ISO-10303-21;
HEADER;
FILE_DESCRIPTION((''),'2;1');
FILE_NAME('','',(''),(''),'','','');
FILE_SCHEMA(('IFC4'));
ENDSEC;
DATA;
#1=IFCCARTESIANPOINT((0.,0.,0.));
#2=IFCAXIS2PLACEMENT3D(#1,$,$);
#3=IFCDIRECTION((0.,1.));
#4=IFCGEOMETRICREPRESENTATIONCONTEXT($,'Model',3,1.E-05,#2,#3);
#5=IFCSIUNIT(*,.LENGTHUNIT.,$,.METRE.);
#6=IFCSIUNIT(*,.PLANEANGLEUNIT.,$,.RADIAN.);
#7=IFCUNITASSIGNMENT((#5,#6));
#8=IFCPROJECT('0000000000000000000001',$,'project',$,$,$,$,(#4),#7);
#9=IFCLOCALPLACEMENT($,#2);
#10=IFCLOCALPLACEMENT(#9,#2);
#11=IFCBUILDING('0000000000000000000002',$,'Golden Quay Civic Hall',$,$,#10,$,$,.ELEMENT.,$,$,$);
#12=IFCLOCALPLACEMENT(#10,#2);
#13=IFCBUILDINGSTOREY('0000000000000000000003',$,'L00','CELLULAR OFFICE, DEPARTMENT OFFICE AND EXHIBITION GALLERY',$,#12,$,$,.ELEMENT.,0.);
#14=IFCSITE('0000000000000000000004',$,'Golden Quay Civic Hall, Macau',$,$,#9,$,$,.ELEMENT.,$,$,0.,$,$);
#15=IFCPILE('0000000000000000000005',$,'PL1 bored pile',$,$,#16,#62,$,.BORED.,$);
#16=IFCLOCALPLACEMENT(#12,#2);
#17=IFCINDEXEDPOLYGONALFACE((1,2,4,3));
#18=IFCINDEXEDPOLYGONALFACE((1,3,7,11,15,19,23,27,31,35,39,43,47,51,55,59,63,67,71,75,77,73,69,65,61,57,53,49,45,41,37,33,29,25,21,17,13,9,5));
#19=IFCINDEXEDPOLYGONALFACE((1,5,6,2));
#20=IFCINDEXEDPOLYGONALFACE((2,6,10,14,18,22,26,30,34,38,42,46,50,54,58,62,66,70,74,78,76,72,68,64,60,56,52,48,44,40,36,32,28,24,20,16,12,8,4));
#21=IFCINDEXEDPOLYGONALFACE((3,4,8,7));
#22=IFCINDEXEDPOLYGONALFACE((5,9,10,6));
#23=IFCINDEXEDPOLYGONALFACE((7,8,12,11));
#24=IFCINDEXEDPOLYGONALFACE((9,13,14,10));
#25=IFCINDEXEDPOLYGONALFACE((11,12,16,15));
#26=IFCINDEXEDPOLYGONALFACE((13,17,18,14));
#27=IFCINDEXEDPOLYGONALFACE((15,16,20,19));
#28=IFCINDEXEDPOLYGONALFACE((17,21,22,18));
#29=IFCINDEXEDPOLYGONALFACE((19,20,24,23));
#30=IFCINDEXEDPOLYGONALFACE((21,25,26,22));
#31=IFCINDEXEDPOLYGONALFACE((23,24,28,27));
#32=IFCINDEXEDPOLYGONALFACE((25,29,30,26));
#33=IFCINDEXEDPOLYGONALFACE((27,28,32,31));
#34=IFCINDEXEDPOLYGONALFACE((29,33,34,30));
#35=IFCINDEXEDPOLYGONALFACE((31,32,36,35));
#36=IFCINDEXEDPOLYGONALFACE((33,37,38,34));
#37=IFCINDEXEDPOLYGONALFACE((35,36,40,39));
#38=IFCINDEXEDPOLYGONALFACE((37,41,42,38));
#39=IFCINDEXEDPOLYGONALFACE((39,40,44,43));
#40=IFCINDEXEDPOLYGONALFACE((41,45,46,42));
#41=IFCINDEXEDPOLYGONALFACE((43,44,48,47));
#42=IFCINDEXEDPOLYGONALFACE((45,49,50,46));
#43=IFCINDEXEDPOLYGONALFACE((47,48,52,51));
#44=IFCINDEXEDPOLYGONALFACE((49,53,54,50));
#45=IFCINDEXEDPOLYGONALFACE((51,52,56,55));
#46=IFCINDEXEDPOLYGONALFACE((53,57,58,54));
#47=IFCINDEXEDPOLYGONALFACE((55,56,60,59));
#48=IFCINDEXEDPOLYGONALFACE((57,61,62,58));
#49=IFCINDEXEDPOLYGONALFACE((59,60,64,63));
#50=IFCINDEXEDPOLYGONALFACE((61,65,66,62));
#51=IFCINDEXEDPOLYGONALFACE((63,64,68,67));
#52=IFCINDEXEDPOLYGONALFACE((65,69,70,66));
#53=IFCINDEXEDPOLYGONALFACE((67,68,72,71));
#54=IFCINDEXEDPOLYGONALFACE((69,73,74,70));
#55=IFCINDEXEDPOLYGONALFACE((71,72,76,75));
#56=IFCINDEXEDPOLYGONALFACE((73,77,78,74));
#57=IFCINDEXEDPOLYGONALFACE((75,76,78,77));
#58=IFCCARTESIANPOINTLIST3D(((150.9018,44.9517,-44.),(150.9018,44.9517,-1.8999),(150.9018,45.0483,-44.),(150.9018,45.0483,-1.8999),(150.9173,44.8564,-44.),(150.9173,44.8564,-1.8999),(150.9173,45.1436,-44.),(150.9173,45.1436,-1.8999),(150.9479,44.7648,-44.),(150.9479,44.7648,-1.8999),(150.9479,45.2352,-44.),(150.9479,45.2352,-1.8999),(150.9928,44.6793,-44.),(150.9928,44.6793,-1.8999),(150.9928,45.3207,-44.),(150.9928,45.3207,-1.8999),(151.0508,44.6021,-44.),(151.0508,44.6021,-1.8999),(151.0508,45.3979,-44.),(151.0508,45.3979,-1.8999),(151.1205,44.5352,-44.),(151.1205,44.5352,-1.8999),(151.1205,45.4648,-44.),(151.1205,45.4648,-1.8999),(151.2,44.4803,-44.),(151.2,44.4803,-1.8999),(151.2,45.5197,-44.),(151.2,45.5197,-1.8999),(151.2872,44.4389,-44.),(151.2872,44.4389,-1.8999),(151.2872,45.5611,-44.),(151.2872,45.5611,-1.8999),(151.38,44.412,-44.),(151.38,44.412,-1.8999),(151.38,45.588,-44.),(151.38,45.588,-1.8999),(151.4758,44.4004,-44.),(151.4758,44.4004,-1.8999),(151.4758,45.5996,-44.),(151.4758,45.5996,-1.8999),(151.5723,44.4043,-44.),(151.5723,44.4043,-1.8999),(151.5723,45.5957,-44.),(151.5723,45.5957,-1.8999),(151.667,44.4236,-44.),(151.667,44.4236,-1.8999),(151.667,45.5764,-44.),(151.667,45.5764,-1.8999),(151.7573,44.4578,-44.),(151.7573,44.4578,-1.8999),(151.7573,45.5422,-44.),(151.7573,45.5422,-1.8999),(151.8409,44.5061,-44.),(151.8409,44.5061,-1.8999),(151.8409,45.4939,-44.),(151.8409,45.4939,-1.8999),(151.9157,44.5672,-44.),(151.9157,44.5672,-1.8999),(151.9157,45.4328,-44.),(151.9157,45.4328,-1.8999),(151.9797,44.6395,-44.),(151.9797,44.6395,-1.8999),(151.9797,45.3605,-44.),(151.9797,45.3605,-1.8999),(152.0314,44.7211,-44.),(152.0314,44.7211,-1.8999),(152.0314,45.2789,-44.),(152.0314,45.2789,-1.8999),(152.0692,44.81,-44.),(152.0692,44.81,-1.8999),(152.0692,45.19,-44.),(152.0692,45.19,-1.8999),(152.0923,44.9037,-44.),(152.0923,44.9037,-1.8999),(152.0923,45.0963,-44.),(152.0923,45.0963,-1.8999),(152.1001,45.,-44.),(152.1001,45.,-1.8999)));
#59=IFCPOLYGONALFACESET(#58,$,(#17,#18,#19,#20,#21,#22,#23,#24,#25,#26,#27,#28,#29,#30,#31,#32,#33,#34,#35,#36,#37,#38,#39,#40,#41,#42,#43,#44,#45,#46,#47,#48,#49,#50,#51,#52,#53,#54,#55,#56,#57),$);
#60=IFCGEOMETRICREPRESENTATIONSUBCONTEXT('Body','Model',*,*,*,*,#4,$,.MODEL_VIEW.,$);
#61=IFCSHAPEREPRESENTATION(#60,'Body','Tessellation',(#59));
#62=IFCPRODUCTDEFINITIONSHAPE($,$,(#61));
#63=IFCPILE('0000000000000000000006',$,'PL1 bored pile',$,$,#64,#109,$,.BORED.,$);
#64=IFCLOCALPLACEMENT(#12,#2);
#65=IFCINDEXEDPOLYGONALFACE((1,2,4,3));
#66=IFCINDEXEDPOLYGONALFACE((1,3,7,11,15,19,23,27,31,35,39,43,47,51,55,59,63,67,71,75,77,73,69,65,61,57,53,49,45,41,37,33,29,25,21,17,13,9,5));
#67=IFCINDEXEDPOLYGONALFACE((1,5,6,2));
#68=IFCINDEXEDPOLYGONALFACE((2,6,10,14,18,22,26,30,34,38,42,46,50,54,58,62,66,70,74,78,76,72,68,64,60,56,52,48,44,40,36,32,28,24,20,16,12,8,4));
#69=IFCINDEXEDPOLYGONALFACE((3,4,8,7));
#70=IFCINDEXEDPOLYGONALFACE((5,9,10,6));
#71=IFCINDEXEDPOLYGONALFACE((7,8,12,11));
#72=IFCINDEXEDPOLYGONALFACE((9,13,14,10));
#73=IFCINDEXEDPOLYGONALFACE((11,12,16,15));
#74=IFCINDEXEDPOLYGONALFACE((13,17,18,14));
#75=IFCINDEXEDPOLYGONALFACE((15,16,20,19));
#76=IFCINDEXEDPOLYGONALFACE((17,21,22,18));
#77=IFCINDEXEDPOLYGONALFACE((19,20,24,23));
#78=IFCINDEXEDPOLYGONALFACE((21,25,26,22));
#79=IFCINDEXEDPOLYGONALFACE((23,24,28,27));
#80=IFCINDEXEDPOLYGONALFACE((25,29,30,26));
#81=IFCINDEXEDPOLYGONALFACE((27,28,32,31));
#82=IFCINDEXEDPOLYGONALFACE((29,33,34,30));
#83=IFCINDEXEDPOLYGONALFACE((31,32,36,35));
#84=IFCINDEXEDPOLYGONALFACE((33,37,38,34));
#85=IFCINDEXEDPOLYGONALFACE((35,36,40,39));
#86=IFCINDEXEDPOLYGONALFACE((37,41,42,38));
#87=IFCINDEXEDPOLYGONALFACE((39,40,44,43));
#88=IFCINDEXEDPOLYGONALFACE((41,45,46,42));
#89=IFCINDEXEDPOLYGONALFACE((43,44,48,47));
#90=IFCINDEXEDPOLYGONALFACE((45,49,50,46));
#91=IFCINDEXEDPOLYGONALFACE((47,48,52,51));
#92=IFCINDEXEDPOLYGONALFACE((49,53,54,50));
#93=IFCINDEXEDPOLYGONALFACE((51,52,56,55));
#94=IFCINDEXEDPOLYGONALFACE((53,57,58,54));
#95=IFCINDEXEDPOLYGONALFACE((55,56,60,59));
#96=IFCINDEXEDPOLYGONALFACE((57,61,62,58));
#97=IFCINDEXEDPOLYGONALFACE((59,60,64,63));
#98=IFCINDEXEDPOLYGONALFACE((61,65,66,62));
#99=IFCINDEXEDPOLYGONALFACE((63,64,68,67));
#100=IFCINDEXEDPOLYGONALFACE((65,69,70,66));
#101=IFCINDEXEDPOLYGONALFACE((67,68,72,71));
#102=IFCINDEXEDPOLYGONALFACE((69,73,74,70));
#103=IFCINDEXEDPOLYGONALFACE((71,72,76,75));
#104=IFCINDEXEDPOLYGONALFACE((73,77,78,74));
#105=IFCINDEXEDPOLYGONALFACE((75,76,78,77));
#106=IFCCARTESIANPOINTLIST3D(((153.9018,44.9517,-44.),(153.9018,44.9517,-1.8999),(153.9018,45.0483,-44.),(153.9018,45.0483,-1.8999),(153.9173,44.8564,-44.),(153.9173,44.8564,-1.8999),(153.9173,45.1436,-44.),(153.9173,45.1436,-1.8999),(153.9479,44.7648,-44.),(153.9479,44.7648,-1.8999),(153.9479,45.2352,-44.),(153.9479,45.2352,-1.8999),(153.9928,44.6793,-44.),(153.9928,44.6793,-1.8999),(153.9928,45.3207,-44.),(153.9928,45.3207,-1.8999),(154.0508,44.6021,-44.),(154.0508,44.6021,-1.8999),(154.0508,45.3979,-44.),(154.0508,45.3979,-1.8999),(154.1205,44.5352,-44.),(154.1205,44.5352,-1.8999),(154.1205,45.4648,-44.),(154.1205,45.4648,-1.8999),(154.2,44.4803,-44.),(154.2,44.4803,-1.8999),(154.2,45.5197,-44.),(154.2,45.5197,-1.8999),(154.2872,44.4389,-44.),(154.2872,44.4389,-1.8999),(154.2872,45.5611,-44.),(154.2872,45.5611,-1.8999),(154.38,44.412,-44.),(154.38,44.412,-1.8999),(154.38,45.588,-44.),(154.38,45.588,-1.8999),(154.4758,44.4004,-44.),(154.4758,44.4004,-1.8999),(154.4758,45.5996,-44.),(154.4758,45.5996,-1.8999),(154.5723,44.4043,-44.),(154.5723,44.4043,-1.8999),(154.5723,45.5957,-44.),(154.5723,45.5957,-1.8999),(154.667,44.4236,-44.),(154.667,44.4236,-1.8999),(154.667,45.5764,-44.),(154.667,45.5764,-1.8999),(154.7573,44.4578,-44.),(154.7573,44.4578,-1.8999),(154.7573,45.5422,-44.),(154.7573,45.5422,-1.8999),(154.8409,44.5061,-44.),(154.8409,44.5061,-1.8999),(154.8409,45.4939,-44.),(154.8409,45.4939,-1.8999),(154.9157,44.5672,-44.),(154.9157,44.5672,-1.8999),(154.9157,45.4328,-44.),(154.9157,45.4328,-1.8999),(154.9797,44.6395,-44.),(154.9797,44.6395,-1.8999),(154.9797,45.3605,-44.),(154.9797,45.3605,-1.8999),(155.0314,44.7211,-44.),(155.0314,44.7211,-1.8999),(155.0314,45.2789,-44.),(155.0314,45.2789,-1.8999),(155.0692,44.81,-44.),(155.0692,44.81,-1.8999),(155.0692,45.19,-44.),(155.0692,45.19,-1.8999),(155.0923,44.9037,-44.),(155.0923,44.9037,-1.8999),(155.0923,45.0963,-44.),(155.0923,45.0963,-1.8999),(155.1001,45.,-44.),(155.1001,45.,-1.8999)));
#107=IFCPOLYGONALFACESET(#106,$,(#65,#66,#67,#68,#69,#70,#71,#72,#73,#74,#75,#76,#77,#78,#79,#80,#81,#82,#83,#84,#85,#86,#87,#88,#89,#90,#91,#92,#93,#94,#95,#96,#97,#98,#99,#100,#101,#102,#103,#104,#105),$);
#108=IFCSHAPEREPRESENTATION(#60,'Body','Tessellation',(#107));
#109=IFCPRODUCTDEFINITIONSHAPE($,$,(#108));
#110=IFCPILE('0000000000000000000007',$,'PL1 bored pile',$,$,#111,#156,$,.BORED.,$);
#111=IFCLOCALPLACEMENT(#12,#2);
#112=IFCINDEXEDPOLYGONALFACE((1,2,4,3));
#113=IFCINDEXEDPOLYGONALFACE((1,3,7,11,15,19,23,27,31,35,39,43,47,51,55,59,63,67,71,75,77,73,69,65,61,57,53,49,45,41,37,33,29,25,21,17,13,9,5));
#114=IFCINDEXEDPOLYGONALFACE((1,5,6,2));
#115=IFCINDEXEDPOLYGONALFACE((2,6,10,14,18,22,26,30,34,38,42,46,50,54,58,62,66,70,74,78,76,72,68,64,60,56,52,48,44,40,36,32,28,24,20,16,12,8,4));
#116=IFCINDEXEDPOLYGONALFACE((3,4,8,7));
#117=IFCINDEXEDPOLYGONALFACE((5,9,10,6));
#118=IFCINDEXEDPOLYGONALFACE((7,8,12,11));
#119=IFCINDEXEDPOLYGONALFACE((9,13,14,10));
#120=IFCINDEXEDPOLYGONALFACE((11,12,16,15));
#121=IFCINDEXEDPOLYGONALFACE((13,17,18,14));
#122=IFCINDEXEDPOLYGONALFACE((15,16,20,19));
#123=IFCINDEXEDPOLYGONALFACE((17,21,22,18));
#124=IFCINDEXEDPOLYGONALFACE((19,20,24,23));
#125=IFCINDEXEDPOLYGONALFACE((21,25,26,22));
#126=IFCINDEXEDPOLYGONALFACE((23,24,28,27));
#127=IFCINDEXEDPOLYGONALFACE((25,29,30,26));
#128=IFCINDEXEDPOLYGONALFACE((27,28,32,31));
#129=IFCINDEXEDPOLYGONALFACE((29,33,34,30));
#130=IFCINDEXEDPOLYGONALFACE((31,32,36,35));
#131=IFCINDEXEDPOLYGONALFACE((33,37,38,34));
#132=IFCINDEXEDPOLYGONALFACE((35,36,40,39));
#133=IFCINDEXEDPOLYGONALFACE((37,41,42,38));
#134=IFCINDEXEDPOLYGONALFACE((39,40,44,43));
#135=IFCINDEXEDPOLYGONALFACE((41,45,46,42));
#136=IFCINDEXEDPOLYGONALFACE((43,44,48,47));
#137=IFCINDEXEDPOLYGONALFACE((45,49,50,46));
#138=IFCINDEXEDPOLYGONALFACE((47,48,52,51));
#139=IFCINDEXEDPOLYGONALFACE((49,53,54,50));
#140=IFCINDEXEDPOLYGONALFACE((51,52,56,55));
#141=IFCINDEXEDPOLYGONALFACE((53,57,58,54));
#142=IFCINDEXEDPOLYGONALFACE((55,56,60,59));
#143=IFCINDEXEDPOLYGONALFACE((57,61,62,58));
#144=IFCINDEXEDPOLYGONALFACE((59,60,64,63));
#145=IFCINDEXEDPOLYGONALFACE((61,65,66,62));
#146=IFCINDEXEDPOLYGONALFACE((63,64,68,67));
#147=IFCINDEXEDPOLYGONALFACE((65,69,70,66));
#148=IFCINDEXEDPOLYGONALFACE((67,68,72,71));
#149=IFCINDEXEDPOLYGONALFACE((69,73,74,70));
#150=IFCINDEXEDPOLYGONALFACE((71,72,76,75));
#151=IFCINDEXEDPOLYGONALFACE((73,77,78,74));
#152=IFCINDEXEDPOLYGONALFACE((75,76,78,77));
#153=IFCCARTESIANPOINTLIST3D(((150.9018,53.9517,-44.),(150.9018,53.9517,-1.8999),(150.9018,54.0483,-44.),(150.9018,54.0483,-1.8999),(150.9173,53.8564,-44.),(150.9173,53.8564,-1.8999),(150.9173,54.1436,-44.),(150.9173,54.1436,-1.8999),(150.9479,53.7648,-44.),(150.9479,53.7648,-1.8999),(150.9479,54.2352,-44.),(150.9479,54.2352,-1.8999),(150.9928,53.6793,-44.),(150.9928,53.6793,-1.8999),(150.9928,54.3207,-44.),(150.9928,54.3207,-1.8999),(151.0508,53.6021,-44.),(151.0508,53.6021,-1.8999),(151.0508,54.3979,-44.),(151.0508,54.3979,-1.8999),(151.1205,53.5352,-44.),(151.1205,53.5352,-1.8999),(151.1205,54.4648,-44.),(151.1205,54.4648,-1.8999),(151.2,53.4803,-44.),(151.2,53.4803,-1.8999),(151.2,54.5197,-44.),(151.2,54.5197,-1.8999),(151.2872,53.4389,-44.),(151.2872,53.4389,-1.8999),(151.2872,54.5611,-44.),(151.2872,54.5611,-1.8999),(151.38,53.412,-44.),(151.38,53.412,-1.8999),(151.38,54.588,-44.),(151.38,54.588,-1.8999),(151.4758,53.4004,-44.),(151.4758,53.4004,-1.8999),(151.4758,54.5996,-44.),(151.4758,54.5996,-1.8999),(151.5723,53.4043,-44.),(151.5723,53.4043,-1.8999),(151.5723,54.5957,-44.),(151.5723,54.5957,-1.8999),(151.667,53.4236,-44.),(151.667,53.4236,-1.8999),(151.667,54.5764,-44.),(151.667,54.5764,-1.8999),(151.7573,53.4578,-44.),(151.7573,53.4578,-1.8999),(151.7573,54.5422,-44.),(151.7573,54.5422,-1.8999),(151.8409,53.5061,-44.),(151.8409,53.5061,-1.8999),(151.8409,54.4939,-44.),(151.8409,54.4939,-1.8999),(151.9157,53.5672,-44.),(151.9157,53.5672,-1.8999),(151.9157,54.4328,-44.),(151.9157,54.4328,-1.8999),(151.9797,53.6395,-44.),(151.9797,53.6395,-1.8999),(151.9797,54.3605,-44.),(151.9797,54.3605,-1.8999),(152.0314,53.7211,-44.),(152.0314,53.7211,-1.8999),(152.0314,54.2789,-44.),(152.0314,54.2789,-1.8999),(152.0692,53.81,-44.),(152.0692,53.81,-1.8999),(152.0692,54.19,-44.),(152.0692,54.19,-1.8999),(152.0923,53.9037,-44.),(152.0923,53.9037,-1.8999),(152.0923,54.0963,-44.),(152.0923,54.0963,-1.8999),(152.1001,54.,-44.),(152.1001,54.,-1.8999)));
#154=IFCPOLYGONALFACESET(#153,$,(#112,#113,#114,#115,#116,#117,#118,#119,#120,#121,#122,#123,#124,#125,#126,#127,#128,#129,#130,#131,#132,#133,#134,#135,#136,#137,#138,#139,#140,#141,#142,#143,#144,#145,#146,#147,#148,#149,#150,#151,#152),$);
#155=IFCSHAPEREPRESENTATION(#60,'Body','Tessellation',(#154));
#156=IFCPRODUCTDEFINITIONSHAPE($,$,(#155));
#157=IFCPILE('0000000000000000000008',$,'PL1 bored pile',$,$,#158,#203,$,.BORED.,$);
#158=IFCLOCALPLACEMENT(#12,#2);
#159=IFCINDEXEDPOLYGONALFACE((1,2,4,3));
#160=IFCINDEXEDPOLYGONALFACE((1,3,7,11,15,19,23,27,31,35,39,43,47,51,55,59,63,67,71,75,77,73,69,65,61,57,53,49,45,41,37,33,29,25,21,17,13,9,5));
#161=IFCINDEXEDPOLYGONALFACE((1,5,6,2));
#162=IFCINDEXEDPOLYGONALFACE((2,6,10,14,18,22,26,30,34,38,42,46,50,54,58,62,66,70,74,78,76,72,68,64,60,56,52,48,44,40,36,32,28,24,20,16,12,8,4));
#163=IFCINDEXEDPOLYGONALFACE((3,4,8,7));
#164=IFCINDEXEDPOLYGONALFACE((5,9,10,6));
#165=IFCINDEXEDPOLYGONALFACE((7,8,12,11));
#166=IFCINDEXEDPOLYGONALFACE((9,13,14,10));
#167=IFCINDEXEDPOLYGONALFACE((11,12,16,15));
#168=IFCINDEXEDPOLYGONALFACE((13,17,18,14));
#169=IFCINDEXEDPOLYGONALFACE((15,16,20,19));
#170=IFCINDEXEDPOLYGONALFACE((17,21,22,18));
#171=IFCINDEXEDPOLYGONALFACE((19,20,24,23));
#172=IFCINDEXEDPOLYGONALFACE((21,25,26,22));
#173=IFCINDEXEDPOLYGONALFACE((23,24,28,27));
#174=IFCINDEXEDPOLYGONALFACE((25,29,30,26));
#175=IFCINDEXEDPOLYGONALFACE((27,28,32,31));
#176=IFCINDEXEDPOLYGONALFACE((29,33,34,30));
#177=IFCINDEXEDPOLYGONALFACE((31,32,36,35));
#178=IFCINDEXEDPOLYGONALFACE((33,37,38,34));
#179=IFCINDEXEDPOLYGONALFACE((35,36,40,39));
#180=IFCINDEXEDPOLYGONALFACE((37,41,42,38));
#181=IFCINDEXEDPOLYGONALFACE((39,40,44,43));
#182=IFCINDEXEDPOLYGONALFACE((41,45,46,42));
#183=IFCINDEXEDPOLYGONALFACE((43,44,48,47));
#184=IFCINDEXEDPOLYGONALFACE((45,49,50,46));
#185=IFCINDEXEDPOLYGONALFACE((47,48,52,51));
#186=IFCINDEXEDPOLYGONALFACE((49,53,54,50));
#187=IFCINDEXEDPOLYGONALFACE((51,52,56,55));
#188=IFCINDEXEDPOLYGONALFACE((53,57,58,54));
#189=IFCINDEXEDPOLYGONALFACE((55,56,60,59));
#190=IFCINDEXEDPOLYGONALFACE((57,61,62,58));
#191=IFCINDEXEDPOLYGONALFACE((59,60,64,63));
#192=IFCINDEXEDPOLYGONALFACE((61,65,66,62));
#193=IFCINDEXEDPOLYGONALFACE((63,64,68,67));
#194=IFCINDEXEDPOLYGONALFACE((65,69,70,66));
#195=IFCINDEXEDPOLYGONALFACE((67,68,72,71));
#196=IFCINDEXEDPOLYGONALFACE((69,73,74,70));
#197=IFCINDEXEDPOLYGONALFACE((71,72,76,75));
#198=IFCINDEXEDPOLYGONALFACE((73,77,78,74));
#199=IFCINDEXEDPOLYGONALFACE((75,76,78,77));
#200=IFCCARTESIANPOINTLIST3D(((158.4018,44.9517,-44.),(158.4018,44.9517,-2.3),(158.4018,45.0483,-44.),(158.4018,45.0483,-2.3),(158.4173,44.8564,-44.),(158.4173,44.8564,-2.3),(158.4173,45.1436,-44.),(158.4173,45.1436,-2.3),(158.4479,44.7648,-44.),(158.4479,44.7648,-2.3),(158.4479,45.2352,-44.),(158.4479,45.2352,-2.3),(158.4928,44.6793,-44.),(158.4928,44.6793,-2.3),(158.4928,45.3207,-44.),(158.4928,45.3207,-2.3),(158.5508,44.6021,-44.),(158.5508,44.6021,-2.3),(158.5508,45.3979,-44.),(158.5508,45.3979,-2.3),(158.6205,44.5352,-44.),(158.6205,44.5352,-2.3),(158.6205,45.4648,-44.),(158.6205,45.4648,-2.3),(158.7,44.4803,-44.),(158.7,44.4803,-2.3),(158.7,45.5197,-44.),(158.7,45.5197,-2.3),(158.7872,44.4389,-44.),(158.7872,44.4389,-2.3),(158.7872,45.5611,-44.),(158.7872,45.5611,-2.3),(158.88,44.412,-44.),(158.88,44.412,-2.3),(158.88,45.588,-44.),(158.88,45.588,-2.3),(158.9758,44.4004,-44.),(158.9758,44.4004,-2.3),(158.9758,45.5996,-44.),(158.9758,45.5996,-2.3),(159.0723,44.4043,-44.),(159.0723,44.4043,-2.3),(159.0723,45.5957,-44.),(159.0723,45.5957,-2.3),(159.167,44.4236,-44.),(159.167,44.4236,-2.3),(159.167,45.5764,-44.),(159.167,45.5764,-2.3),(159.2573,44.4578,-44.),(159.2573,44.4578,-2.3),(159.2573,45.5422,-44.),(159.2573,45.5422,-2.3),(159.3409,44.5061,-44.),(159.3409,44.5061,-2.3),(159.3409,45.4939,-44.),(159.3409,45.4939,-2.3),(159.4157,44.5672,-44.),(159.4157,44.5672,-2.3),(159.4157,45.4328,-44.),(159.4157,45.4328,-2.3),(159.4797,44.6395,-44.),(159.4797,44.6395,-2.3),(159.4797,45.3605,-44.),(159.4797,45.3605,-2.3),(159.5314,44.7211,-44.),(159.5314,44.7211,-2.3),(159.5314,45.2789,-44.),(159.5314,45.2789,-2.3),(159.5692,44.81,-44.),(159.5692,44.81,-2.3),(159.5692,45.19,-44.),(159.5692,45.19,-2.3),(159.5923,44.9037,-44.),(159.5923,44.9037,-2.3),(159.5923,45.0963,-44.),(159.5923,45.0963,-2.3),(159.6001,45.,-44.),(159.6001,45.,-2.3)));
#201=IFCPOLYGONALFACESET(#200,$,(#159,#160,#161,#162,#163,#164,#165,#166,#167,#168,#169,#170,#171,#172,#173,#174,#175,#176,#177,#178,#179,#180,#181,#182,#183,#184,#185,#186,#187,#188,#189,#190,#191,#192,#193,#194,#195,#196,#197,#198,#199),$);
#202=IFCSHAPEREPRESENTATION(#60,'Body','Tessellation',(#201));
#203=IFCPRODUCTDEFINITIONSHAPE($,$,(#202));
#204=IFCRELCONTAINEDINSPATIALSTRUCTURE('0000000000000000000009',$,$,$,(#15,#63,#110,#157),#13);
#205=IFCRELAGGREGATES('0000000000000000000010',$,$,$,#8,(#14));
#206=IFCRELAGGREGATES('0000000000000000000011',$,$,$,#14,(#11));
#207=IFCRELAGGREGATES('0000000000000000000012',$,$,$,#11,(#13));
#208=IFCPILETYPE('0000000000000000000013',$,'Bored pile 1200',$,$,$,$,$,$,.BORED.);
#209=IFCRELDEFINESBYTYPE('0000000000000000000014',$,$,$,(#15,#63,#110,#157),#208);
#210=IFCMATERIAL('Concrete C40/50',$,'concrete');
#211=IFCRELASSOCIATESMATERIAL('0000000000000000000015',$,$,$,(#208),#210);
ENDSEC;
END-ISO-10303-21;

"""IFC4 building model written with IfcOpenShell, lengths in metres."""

from ifc_helpers import new_model, si_unit, direction, frame, origin, origin_2d, place, context, subcontext, project, spatial, circle, extrude, material, material_profile, profile_set, type_object, element, save


model = new_model("IFC4")

# Units and contexts
model_context = context("Model", 3, precision=1e-05, world=origin(), true_north=direction((0.0, 1.0)))
body_context = subcontext(model_context, "Body", "Model", "MODEL_VIEW")
ifc_project = project(units=[si_unit("LENGTHUNIT", "METRE"), si_unit("PLANEANGLEUNIT", "RADIAN")], contexts=[model_context])

# Site, building, storey
site_placement = place(None, origin())
site = spatial("IfcSite", under=ifc_project, at=site_placement, Name="Golden Quay Civic Hall, Macau", CompositionType="ELEMENT", RefElevation=0.0)
building_placement = place(site_placement, origin())
building = spatial("IfcBuilding", under=site, at=building_placement, Name="Golden Quay Civic Hall", CompositionType="ELEMENT")
storey_placement = place(building_placement, origin())
storey = spatial("IfcBuildingStorey", under=building, at=storey_placement, Name="L00", Description="CELLULAR OFFICE, DEPARTMENT OFFICE AND EXHIBITION GALLERY", CompositionType="ELEMENT", Elevation=0.0)

# Piles
ifc_material_1 = material(Name="Concrete C40/50", Category="concrete")
ifc_material_profile_1 = material_profile(ifc_material_1, circle(Radius=0.6001, at=origin_2d()), Name="RC D1200")
ifc_profile_set_1 = profile_set([ifc_material_profile_1], Name="Concrete C40/50")
pile_type = type_object("IfcPileType", Name="Bored pile 1200", PredefinedType="BORED", material=ifc_profile_set_1)
for number, where, z_axis, x_axis, name in (
    (1, (151.5, 45.0, -1.8999), (0.0, 0.0, -1.0), (1.0, 0.0, 0.0), "PL1 bored pile"),
    (2, (154.5, 45.0, -1.8999), (0.0, 0.0, -1.0), (1.0, 0.0, 0.0), "PL1 bored pile"),
    (3, (151.5, 54.0, -1.8999), (0.0, 0.0, -1.0), (1.0, 0.0, 0.0), "PL1 bored pile"),
):
    element("IfcPile", number, at=place(storey_placement, frame(where, z_axis=z_axis, x_axis=x_axis)), inside=storey, type_object=pile_type, Name=name, PredefinedType="BORED", context=body_context, shape_type="SweptSolid", body=[
        extrude(circle(Radius=0.6001, at=origin_2d()), origin(), (0.0, 0.0, 1.0), 42.1001),
    ])
pile_placement = place(storey_placement, frame((159.0, 45.0, -2.3), z_axis=(0.0, 0.0, -1.0), x_axis=(1.0, 0.0, 0.0)))
element("IfcPile", 4, at=pile_placement, inside=storey, type_object=pile_type, Name="PL1 bored pile", PredefinedType="BORED", context=body_context, shape_type="SweptSolid", body=[
    extrude(circle(Radius=0.6001, at=origin_2d()), origin(), (0.0, 0.0, 1.0), 41.7),
])

save(model, "model.ifc")
